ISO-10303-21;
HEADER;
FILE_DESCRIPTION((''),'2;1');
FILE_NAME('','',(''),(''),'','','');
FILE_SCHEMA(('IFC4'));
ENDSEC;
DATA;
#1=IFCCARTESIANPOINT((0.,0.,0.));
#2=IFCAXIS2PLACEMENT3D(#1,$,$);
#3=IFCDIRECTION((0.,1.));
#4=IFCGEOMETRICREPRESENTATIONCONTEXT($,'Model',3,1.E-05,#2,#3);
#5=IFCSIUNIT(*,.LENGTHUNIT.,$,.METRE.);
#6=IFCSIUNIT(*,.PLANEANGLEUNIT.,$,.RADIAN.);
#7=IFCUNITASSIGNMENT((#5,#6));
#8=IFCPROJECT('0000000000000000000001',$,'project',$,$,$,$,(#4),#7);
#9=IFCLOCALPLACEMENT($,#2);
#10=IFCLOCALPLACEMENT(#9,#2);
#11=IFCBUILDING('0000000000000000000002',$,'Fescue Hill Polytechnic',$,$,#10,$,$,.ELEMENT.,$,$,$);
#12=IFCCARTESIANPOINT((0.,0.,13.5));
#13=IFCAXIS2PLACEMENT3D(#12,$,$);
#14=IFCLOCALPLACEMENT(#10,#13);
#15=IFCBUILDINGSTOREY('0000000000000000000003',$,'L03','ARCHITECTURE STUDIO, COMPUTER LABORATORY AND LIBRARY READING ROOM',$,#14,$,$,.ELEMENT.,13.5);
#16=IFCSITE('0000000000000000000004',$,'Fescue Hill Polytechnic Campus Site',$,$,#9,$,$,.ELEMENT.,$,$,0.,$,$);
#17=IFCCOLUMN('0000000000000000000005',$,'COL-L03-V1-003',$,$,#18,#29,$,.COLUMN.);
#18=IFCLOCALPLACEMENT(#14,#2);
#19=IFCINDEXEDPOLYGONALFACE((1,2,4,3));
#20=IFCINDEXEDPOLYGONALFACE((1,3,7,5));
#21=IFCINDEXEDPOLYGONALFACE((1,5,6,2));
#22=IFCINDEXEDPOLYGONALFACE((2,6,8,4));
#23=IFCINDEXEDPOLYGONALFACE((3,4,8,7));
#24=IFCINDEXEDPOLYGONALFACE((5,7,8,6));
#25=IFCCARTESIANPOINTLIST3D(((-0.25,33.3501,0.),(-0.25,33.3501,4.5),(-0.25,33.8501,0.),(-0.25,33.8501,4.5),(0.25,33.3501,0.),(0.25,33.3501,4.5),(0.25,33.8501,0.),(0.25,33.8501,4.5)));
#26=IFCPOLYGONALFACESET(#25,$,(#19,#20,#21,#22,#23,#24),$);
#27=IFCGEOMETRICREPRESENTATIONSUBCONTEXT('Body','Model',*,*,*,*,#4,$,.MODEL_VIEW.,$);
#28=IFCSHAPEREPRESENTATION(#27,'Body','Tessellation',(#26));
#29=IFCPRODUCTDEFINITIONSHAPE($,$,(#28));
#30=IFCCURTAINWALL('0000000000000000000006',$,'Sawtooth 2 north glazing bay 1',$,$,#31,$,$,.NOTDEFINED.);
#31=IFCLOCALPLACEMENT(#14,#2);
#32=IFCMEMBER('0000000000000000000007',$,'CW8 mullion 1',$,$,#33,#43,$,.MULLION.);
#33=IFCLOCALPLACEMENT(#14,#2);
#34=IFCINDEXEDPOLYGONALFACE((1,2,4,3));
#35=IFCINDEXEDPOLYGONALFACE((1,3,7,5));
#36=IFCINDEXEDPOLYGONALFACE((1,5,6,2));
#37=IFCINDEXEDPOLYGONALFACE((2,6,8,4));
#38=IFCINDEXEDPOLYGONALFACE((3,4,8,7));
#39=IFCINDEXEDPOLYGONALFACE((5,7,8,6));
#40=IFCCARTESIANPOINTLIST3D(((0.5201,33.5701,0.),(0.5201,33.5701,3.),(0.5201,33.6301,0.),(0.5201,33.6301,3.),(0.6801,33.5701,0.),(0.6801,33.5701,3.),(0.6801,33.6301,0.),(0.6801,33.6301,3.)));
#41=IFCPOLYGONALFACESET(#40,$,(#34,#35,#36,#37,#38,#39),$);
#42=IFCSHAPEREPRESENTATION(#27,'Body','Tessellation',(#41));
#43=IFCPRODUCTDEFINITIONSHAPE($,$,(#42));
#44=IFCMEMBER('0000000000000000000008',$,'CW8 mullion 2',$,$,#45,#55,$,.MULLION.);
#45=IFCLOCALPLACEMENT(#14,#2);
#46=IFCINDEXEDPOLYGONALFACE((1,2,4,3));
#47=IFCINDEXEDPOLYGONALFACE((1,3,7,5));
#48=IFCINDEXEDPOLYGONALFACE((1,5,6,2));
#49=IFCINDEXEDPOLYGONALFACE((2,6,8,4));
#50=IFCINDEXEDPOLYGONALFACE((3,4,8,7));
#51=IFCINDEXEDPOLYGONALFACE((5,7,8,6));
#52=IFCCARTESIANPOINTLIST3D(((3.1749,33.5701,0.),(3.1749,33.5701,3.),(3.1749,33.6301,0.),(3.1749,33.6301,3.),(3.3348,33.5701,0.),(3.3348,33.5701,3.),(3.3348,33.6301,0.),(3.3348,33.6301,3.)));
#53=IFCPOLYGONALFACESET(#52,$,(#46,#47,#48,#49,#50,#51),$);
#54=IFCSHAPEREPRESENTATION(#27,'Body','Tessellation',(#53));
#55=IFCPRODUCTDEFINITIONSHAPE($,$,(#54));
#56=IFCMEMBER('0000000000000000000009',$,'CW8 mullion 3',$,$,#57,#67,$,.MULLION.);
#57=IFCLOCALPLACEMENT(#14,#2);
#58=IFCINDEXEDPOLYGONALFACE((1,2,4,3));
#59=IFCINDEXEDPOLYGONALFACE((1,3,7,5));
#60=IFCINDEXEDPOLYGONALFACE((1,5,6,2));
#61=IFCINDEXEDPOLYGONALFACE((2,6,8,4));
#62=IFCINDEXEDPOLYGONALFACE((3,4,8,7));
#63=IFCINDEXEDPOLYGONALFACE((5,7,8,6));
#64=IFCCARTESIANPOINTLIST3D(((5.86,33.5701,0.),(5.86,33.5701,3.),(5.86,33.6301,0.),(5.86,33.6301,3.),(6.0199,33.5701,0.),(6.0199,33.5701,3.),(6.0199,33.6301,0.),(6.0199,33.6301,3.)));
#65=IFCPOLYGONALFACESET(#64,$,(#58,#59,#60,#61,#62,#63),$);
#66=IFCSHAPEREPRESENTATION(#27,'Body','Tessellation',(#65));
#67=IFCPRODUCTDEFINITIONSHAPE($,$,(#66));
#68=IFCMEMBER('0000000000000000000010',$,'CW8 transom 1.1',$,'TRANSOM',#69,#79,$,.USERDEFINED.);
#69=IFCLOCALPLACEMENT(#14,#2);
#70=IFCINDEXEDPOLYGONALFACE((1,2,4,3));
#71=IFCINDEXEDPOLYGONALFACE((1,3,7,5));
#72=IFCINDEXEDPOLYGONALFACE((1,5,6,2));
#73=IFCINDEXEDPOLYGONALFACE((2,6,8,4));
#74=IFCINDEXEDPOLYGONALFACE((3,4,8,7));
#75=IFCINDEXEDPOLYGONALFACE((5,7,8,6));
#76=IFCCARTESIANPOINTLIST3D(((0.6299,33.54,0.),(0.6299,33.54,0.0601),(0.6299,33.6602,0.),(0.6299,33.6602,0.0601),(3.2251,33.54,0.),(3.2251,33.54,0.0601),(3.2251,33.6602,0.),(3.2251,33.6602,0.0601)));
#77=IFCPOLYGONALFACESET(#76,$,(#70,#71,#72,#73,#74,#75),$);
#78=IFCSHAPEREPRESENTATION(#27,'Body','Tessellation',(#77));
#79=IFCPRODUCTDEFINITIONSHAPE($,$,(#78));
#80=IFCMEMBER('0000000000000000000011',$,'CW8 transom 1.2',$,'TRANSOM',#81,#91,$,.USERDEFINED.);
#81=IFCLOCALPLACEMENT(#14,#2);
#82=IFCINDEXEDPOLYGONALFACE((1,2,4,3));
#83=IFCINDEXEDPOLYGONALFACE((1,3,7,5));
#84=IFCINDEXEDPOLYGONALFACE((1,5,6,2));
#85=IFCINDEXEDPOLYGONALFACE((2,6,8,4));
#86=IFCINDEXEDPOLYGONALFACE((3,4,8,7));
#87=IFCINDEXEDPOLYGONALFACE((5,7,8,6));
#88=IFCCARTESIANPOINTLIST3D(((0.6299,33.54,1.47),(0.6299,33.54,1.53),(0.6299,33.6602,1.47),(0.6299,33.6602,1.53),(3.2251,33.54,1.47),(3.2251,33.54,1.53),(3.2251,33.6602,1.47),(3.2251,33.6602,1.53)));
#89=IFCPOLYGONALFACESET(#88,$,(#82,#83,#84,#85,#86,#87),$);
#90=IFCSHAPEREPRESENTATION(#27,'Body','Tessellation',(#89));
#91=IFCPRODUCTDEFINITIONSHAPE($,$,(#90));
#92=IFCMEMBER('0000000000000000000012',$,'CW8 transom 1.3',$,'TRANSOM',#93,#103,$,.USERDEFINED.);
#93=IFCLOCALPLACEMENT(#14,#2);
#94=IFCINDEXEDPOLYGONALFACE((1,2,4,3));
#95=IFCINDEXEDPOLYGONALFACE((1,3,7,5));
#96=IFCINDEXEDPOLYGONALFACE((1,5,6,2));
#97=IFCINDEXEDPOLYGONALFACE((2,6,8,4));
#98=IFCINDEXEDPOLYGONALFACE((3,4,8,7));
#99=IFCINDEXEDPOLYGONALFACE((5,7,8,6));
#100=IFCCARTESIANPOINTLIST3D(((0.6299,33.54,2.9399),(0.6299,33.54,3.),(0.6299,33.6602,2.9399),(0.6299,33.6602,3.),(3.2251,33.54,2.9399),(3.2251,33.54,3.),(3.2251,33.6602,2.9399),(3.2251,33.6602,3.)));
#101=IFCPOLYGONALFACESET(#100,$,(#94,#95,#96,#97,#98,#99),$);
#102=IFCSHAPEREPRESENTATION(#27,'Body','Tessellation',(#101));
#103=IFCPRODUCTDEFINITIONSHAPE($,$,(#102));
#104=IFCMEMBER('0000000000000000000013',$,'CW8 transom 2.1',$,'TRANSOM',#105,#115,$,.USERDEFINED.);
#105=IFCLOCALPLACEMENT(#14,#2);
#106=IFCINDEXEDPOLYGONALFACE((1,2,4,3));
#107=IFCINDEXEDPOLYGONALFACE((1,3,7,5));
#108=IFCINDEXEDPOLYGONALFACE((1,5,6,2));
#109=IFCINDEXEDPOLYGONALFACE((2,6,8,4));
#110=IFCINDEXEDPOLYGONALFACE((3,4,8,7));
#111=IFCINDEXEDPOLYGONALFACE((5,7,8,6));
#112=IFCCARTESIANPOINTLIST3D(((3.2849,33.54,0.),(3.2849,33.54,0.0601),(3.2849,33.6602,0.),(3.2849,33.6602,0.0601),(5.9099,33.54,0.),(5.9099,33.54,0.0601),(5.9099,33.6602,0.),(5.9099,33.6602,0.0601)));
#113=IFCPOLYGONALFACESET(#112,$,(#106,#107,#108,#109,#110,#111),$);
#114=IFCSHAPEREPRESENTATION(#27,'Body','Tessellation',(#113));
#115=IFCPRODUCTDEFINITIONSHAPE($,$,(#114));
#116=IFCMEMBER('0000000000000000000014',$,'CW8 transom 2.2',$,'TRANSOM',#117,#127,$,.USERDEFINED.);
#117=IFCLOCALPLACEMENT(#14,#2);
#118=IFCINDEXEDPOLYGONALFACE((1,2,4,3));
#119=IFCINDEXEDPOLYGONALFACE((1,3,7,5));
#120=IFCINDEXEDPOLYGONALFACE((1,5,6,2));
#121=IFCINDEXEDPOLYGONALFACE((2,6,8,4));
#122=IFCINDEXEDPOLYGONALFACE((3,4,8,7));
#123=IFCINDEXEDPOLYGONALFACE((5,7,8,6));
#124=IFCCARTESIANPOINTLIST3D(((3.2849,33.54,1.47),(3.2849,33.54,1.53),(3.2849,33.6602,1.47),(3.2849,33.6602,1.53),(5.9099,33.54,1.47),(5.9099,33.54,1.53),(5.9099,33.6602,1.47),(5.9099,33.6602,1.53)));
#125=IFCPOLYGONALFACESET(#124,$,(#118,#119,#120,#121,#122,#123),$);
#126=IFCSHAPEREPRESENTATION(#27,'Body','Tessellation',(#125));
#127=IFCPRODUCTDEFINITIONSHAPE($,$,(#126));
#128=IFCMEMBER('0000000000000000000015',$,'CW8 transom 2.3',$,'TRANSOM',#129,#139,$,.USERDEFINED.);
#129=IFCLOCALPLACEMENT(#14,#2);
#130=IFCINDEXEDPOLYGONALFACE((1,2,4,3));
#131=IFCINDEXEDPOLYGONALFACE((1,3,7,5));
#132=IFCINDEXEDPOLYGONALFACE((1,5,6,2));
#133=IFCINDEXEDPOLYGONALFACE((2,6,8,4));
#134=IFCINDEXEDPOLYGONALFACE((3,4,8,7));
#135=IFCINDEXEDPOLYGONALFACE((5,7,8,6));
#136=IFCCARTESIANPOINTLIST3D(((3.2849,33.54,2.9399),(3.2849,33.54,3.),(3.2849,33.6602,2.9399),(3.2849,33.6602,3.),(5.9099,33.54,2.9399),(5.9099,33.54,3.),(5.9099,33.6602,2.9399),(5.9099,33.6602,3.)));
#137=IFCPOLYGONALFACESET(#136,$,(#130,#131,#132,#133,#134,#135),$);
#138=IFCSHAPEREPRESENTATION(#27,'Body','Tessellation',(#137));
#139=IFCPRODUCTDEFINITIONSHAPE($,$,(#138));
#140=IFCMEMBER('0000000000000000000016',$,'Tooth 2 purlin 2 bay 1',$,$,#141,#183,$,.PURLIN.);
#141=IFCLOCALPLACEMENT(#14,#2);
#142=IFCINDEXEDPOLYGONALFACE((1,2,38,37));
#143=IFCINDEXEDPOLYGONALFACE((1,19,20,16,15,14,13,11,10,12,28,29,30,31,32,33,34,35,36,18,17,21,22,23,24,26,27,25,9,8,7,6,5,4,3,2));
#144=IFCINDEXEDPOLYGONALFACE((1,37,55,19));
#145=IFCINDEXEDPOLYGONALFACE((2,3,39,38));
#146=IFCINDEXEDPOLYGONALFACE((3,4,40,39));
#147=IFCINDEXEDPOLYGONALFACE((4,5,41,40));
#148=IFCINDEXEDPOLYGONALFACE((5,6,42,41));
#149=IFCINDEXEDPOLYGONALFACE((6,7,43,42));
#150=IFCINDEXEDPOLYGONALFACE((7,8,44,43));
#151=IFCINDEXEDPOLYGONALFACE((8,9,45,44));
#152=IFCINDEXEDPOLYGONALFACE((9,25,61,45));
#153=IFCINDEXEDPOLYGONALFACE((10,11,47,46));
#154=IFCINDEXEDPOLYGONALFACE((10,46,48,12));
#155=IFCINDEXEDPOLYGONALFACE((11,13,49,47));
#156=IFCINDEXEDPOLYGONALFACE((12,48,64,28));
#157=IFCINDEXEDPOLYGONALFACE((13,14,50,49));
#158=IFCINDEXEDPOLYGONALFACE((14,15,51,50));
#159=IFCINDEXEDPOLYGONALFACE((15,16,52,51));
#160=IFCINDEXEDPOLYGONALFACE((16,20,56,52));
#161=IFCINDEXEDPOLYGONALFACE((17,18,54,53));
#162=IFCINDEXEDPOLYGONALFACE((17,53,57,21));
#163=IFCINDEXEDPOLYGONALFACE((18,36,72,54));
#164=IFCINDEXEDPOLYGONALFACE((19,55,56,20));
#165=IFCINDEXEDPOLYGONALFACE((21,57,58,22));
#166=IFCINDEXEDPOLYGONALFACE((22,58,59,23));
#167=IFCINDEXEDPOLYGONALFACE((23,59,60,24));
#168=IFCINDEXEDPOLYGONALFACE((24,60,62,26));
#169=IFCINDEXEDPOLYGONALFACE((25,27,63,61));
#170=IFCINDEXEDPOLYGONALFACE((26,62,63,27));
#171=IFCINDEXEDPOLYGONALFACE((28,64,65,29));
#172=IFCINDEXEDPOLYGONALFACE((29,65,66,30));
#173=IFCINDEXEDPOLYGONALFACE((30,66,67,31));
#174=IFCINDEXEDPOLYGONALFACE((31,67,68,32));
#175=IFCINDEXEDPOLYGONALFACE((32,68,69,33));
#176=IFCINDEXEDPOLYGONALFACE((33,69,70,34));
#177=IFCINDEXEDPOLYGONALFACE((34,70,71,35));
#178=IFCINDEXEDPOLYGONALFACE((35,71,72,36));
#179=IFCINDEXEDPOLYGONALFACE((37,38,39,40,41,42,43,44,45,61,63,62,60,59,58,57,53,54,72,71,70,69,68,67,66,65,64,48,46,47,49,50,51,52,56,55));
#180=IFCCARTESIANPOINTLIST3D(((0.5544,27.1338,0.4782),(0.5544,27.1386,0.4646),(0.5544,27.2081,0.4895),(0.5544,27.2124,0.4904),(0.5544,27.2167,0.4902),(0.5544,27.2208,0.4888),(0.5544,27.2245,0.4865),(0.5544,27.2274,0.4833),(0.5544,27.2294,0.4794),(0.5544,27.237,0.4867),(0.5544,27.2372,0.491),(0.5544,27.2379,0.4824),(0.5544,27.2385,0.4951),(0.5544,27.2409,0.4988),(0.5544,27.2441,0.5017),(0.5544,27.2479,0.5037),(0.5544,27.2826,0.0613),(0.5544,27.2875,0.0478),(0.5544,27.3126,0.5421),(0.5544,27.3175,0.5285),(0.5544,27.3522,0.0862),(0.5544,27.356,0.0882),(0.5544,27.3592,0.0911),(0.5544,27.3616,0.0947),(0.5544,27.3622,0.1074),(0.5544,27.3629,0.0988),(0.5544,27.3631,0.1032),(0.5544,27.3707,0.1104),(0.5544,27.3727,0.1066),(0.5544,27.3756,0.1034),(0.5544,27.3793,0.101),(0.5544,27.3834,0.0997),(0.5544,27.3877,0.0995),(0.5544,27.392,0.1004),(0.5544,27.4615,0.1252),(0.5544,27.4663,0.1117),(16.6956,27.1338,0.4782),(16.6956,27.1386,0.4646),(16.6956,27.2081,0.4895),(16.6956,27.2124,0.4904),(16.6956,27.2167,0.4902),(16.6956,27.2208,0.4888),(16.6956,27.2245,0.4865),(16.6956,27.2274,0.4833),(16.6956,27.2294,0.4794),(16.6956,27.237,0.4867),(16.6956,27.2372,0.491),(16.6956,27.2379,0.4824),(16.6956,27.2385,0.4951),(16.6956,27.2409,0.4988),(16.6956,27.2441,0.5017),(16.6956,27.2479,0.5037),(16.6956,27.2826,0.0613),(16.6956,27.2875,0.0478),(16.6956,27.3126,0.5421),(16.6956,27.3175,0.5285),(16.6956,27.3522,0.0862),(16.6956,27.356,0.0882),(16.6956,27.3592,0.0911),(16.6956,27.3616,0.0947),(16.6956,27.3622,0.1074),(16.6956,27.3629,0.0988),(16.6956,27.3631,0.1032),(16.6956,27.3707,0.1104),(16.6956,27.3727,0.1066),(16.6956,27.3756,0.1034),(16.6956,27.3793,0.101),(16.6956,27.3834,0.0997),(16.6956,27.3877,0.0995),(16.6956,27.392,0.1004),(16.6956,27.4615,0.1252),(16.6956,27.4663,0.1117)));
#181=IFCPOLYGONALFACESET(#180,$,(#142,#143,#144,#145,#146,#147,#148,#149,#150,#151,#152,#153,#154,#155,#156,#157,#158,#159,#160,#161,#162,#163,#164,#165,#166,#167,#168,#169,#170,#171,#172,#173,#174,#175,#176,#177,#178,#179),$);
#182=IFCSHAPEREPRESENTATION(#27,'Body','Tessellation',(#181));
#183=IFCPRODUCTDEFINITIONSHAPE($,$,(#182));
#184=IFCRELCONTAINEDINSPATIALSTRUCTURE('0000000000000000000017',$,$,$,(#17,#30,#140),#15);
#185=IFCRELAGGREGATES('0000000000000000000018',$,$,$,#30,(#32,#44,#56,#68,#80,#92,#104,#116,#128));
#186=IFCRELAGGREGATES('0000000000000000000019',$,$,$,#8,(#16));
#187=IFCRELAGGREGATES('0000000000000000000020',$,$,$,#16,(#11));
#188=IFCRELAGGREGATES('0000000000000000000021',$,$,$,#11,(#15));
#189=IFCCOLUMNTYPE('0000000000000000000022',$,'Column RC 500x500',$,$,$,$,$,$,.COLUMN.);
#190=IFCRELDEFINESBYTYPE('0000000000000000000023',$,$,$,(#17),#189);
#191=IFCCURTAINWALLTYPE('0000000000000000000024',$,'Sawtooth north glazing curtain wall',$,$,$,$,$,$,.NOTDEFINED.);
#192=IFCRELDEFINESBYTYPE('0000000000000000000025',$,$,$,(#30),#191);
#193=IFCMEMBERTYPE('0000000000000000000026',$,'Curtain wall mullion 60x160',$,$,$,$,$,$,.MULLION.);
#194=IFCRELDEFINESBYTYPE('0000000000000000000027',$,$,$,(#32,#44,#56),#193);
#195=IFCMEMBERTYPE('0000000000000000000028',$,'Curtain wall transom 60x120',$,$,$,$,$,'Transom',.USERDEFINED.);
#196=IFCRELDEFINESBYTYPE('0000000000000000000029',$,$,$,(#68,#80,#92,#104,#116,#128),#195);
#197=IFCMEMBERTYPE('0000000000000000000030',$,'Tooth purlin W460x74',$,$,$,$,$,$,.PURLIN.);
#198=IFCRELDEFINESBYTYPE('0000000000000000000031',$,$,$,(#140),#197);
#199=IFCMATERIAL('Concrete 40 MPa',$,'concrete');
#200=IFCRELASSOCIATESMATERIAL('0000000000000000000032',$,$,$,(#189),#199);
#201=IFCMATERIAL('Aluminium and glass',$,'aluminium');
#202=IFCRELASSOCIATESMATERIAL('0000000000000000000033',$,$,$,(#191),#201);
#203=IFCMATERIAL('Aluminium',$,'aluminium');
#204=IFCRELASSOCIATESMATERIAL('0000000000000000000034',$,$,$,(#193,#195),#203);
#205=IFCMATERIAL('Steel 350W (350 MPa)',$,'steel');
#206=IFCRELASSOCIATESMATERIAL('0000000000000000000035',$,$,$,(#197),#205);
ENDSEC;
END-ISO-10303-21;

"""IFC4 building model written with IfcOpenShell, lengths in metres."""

from ifc_helpers import new_model, si_unit, direction, frame, origin, origin_2d, place, context, subcontext, project, spatial, rectangle, i_section, extrude, material, material_profile, profile_set, type_object, element, aggregate, save


model = new_model("IFC4")

# Units and contexts
model_context = context("Model", 3, precision=1e-05, world=origin(), true_north=direction((0.0, 1.0)))
body_context = subcontext(model_context, "Body", "Model", "MODEL_VIEW")
ifc_project = project(units=[si_unit("LENGTHUNIT", "METRE"), si_unit("PLANEANGLEUNIT", "RADIAN")], contexts=[model_context])

# Site, building, storey
site_placement = place(None, origin())
site = spatial("IfcSite", under=ifc_project, at=site_placement, Name="Fescue Hill Polytechnic Campus Site", CompositionType="ELEMENT", RefElevation=0.0)
building_placement = place(site_placement, origin())
building = spatial("IfcBuilding", under=site, at=building_placement, Name="Fescue Hill Polytechnic", CompositionType="ELEMENT")
storey_placement = place(building_placement, frame((0.0, 0.0, 13.5)))
storey = spatial("IfcBuildingStorey", under=building, at=storey_placement, Name="L03", Description="ARCHITECTURE STUDIO, COMPUTER LABORATORY AND LIBRARY READING ROOM", CompositionType="ELEMENT", Elevation=13.5)

# Column
ifc_material_1 = material(Name="Concrete 40 MPa", Category="concrete")
ifc_material_profile_1 = material_profile(ifc_material_1, rectangle(XDim=0.5, YDim=0.5, at=origin_2d()), Name="RC 500x500")
ifc_profile_set_1 = profile_set([ifc_material_profile_1], Name="Concrete 40 MPa")
column_type = type_object("IfcColumnType", Name="Column RC 500x500", PredefinedType="COLUMN", material=ifc_profile_set_1)
column_placement = place(storey_placement, frame((0.0, 33.6001, 0.0), z_axis=(0.0, 0.0, 1.0), x_axis=(1.0, 0.0, 0.0)))
element("IfcColumn", 1, at=column_placement, inside=storey, type_object=column_type, Name="COL-L03-V1-003", PredefinedType="COLUMN", context=body_context, shape_type="SweptSolid", body=[
    extrude(rectangle(XDim=0.5, YDim=0.5, at=origin_2d()), origin(), (0.0, 0.0, 1.0), 4.5),
])

# Curtain wall, members
ifc_material_2 = material(Name="Aluminium and glass", Category="aluminium")
curtain_wall_type = type_object("IfcCurtainWallType", Name="Sawtooth north glazing curtain wall", PredefinedType="NOTDEFINED", material=ifc_material_2)
curtain_wall_placement = place(storey_placement, origin())
curtain_wall = element("IfcCurtainWall", 2, at=curtain_wall_placement, inside=storey, type_object=curtain_wall_type, Name="Sawtooth 2 north glazing bay 1", PredefinedType="NOTDEFINED")
ifc_material_3 = material(Name="Aluminium", Category="aluminium")
ifc_material_profile_2 = material_profile(ifc_material_3, rectangle(XDim=0.0601, YDim=0.1599, at=origin_2d()), Name="Curtain wall mullion 60x160")
ifc_profile_set_2 = profile_set([ifc_material_profile_2], Name="Aluminium")
member_type_1 = type_object("IfcMemberType", Name="Curtain wall mullion 60x160", PredefinedType="MULLION", material=ifc_profile_set_2)
member_1_placement = place(storey_placement, frame((0.6001, 33.6001, 0.0), z_axis=(0.0, 0.0, 1.0), x_axis=(0.0, 1.0, 0.0)))
member_1 = element("IfcMember", 3, at=member_1_placement, type_object=member_type_1, Name="CW8 mullion 1", PredefinedType="MULLION", context=body_context, shape_type="SweptSolid", body=[
    extrude(rectangle(XDim=0.0601, YDim=0.1599, at=origin_2d()), origin(), (0.0, 0.0, 1.0), 3.0),
])
member_2_placement = place(storey_placement, frame((3.2549, 33.6001, 0.0), z_axis=(0.0, 0.0, 1.0), x_axis=(0.0, 1.0, 0.0)))
member_2 = element("IfcMember", 4, at=member_2_placement, type_object=member_type_1, Name="CW8 mullion 2", PredefinedType="MULLION", context=body_context, shape_type="SweptSolid", body=[
    extrude(rectangle(XDim=0.0601, YDim=0.1599, at=origin_2d()), origin(), (0.0, 0.0, 1.0), 3.0),
])
member_3_placement = place(storey_placement, frame((5.9399, 33.6001, 0.0), z_axis=(0.0, 0.0, 1.0), x_axis=(0.0, 1.0, 0.0)))
member_3 = element("IfcMember", 5, at=member_3_placement, type_object=member_type_1, Name="CW8 mullion 3", PredefinedType="MULLION", context=body_context, shape_type="SweptSolid", body=[
    extrude(rectangle(XDim=0.0601, YDim=0.1599, at=origin_2d()), origin(), (0.0, 0.0, 1.0), 3.0),
])
ifc_material_profile_3 = material_profile(ifc_material_3, rectangle(XDim=0.1201, YDim=0.0601, at=origin_2d()), Name="Curtain wall transom 60x120")
ifc_profile_set_3 = profile_set([ifc_material_profile_3], Name="Aluminium")
member_type_2 = type_object("IfcMemberType", Name="Curtain wall transom 60x120", ElementType="Transom", PredefinedType="USERDEFINED", material=ifc_profile_set_3)
member_4_placement = place(storey_placement, frame((0.6299, 33.6001, 0.03), z_axis=(1.0, 0.0, 0.0), x_axis=(0.0, 1.0, 0.0)))
member_4 = element("IfcMember", 6, at=member_4_placement, type_object=member_type_2, Name="CW8 transom 1.1", ObjectType="TRANSOM", PredefinedType="USERDEFINED", context=body_context, shape_type="SweptSolid", body=[
    extrude(rectangle(XDim=0.1201, YDim=0.0601, at=origin_2d()), origin(), (0.0, 0.0, 1.0), 2.5952),
])
member_5_placement = place(storey_placement, frame((0.6299, 33.6001, 1.5), z_axis=(1.0, 0.0, 0.0), x_axis=(0.0, 1.0, 0.0)))
member_5 = element("IfcMember", 7, at=member_5_placement, type_object=member_type_2, Name="CW8 transom 1.2", ObjectType="TRANSOM", PredefinedType="USERDEFINED", context=body_context, shape_type="SweptSolid", body=[
    extrude(rectangle(XDim=0.1201, YDim=0.0601, at=origin_2d()), origin(), (0.0, 0.0, 1.0), 2.5952),
])
member_6_placement = place(storey_placement, frame((0.6299, 33.6001, 2.97), z_axis=(1.0, 0.0, 0.0), x_axis=(0.0, 1.0, 0.0)))
member_6 = element("IfcMember", 8, at=member_6_placement, type_object=member_type_2, Name="CW8 transom 1.3", ObjectType="TRANSOM", PredefinedType="USERDEFINED", context=body_context, shape_type="SweptSolid", body=[
    extrude(rectangle(XDim=0.1201, YDim=0.0601, at=origin_2d()), origin(), (0.0, 0.0, 1.0), 2.5952),
])
member_7_placement = place(storey_placement, frame((3.2849, 33.6001, 0.03), z_axis=(1.0, 0.0, 0.0), x_axis=(0.0, 1.0, 0.0)))
member_7 = element("IfcMember", 9, at=member_7_placement, type_object=member_type_2, Name="CW8 transom 2.1", ObjectType="TRANSOM", PredefinedType="USERDEFINED", context=body_context, shape_type="SweptSolid", body=[
    extrude(rectangle(XDim=0.1201, YDim=0.0601, at=origin_2d()), origin(), (0.0, 0.0, 1.0), 2.625),
])
member_8_placement = place(storey_placement, frame((3.2849, 33.6001, 1.5), z_axis=(1.0, 0.0, 0.0), x_axis=(0.0, 1.0, 0.0)))
member_8 = element("IfcMember", 10, at=member_8_placement, type_object=member_type_2, Name="CW8 transom 2.2", ObjectType="TRANSOM", PredefinedType="USERDEFINED", context=body_context, shape_type="SweptSolid", body=[
    extrude(rectangle(XDim=0.1201, YDim=0.0601, at=origin_2d()), origin(), (0.0, 0.0, 1.0), 2.625),
])
member_9_placement = place(storey_placement, frame((3.2849, 33.6001, 2.97), z_axis=(1.0, 0.0, 0.0), x_axis=(0.0, 1.0, 0.0)))
member_9 = element("IfcMember", 11, at=member_9_placement, type_object=member_type_2, Name="CW8 transom 2.3", ObjectType="TRANSOM", PredefinedType="USERDEFINED", context=body_context, shape_type="SweptSolid", body=[
    extrude(rectangle(XDim=0.1201, YDim=0.0601, at=origin_2d()), origin(), (0.0, 0.0, 1.0), 2.625),
])

# Member
ifc_material_4 = material(Name="Steel 350W (350 MPa)", Category="steel")
ifc_material_profile_4 = material_profile(ifc_material_4, i_section(OverallWidth=0.1899, OverallDepth=0.457, WebThickness=0.009, FlangeThickness=0.0144, FilletRadius=0.0166, at=origin_2d()), Name="W460x74")
ifc_profile_set_4 = profile_set([ifc_material_profile_4], Name="Steel 350W (350 MPa)")
member_type_3 = type_object("IfcMemberType", Name="Tooth purlin W460x74", PredefinedType="PURLIN", material=ifc_profile_set_4)
for number, where, z_axis, x_axis, name in (
    (12, (0.5544, 27.3, 0.2949), (1.0, 0.0, 0.0), (0.0, 0.941742, 0.336336), "Tooth 2 purlin 2 bay 1"),
):
    element("IfcMember", number, at=place(storey_placement, frame(where, z_axis=z_axis, x_axis=x_axis)), inside=storey, type_object=member_type_3, Name=name, PredefinedType="PURLIN", context=body_context, shape_type="SweptSolid", body=[
        extrude(i_section(OverallWidth=0.1899, OverallDepth=0.457, WebThickness=0.009, FlangeThickness=0.0144, FilletRadius=0.0166, at=origin_2d()), origin(), (0.0, 0.0, 1.0), 16.1411),
    ])

aggregate(curtain_wall, [member_1, member_2, member_3, member_4, member_5, member_6, member_7, member_8, member_9])

save(model, "model.ifc")
